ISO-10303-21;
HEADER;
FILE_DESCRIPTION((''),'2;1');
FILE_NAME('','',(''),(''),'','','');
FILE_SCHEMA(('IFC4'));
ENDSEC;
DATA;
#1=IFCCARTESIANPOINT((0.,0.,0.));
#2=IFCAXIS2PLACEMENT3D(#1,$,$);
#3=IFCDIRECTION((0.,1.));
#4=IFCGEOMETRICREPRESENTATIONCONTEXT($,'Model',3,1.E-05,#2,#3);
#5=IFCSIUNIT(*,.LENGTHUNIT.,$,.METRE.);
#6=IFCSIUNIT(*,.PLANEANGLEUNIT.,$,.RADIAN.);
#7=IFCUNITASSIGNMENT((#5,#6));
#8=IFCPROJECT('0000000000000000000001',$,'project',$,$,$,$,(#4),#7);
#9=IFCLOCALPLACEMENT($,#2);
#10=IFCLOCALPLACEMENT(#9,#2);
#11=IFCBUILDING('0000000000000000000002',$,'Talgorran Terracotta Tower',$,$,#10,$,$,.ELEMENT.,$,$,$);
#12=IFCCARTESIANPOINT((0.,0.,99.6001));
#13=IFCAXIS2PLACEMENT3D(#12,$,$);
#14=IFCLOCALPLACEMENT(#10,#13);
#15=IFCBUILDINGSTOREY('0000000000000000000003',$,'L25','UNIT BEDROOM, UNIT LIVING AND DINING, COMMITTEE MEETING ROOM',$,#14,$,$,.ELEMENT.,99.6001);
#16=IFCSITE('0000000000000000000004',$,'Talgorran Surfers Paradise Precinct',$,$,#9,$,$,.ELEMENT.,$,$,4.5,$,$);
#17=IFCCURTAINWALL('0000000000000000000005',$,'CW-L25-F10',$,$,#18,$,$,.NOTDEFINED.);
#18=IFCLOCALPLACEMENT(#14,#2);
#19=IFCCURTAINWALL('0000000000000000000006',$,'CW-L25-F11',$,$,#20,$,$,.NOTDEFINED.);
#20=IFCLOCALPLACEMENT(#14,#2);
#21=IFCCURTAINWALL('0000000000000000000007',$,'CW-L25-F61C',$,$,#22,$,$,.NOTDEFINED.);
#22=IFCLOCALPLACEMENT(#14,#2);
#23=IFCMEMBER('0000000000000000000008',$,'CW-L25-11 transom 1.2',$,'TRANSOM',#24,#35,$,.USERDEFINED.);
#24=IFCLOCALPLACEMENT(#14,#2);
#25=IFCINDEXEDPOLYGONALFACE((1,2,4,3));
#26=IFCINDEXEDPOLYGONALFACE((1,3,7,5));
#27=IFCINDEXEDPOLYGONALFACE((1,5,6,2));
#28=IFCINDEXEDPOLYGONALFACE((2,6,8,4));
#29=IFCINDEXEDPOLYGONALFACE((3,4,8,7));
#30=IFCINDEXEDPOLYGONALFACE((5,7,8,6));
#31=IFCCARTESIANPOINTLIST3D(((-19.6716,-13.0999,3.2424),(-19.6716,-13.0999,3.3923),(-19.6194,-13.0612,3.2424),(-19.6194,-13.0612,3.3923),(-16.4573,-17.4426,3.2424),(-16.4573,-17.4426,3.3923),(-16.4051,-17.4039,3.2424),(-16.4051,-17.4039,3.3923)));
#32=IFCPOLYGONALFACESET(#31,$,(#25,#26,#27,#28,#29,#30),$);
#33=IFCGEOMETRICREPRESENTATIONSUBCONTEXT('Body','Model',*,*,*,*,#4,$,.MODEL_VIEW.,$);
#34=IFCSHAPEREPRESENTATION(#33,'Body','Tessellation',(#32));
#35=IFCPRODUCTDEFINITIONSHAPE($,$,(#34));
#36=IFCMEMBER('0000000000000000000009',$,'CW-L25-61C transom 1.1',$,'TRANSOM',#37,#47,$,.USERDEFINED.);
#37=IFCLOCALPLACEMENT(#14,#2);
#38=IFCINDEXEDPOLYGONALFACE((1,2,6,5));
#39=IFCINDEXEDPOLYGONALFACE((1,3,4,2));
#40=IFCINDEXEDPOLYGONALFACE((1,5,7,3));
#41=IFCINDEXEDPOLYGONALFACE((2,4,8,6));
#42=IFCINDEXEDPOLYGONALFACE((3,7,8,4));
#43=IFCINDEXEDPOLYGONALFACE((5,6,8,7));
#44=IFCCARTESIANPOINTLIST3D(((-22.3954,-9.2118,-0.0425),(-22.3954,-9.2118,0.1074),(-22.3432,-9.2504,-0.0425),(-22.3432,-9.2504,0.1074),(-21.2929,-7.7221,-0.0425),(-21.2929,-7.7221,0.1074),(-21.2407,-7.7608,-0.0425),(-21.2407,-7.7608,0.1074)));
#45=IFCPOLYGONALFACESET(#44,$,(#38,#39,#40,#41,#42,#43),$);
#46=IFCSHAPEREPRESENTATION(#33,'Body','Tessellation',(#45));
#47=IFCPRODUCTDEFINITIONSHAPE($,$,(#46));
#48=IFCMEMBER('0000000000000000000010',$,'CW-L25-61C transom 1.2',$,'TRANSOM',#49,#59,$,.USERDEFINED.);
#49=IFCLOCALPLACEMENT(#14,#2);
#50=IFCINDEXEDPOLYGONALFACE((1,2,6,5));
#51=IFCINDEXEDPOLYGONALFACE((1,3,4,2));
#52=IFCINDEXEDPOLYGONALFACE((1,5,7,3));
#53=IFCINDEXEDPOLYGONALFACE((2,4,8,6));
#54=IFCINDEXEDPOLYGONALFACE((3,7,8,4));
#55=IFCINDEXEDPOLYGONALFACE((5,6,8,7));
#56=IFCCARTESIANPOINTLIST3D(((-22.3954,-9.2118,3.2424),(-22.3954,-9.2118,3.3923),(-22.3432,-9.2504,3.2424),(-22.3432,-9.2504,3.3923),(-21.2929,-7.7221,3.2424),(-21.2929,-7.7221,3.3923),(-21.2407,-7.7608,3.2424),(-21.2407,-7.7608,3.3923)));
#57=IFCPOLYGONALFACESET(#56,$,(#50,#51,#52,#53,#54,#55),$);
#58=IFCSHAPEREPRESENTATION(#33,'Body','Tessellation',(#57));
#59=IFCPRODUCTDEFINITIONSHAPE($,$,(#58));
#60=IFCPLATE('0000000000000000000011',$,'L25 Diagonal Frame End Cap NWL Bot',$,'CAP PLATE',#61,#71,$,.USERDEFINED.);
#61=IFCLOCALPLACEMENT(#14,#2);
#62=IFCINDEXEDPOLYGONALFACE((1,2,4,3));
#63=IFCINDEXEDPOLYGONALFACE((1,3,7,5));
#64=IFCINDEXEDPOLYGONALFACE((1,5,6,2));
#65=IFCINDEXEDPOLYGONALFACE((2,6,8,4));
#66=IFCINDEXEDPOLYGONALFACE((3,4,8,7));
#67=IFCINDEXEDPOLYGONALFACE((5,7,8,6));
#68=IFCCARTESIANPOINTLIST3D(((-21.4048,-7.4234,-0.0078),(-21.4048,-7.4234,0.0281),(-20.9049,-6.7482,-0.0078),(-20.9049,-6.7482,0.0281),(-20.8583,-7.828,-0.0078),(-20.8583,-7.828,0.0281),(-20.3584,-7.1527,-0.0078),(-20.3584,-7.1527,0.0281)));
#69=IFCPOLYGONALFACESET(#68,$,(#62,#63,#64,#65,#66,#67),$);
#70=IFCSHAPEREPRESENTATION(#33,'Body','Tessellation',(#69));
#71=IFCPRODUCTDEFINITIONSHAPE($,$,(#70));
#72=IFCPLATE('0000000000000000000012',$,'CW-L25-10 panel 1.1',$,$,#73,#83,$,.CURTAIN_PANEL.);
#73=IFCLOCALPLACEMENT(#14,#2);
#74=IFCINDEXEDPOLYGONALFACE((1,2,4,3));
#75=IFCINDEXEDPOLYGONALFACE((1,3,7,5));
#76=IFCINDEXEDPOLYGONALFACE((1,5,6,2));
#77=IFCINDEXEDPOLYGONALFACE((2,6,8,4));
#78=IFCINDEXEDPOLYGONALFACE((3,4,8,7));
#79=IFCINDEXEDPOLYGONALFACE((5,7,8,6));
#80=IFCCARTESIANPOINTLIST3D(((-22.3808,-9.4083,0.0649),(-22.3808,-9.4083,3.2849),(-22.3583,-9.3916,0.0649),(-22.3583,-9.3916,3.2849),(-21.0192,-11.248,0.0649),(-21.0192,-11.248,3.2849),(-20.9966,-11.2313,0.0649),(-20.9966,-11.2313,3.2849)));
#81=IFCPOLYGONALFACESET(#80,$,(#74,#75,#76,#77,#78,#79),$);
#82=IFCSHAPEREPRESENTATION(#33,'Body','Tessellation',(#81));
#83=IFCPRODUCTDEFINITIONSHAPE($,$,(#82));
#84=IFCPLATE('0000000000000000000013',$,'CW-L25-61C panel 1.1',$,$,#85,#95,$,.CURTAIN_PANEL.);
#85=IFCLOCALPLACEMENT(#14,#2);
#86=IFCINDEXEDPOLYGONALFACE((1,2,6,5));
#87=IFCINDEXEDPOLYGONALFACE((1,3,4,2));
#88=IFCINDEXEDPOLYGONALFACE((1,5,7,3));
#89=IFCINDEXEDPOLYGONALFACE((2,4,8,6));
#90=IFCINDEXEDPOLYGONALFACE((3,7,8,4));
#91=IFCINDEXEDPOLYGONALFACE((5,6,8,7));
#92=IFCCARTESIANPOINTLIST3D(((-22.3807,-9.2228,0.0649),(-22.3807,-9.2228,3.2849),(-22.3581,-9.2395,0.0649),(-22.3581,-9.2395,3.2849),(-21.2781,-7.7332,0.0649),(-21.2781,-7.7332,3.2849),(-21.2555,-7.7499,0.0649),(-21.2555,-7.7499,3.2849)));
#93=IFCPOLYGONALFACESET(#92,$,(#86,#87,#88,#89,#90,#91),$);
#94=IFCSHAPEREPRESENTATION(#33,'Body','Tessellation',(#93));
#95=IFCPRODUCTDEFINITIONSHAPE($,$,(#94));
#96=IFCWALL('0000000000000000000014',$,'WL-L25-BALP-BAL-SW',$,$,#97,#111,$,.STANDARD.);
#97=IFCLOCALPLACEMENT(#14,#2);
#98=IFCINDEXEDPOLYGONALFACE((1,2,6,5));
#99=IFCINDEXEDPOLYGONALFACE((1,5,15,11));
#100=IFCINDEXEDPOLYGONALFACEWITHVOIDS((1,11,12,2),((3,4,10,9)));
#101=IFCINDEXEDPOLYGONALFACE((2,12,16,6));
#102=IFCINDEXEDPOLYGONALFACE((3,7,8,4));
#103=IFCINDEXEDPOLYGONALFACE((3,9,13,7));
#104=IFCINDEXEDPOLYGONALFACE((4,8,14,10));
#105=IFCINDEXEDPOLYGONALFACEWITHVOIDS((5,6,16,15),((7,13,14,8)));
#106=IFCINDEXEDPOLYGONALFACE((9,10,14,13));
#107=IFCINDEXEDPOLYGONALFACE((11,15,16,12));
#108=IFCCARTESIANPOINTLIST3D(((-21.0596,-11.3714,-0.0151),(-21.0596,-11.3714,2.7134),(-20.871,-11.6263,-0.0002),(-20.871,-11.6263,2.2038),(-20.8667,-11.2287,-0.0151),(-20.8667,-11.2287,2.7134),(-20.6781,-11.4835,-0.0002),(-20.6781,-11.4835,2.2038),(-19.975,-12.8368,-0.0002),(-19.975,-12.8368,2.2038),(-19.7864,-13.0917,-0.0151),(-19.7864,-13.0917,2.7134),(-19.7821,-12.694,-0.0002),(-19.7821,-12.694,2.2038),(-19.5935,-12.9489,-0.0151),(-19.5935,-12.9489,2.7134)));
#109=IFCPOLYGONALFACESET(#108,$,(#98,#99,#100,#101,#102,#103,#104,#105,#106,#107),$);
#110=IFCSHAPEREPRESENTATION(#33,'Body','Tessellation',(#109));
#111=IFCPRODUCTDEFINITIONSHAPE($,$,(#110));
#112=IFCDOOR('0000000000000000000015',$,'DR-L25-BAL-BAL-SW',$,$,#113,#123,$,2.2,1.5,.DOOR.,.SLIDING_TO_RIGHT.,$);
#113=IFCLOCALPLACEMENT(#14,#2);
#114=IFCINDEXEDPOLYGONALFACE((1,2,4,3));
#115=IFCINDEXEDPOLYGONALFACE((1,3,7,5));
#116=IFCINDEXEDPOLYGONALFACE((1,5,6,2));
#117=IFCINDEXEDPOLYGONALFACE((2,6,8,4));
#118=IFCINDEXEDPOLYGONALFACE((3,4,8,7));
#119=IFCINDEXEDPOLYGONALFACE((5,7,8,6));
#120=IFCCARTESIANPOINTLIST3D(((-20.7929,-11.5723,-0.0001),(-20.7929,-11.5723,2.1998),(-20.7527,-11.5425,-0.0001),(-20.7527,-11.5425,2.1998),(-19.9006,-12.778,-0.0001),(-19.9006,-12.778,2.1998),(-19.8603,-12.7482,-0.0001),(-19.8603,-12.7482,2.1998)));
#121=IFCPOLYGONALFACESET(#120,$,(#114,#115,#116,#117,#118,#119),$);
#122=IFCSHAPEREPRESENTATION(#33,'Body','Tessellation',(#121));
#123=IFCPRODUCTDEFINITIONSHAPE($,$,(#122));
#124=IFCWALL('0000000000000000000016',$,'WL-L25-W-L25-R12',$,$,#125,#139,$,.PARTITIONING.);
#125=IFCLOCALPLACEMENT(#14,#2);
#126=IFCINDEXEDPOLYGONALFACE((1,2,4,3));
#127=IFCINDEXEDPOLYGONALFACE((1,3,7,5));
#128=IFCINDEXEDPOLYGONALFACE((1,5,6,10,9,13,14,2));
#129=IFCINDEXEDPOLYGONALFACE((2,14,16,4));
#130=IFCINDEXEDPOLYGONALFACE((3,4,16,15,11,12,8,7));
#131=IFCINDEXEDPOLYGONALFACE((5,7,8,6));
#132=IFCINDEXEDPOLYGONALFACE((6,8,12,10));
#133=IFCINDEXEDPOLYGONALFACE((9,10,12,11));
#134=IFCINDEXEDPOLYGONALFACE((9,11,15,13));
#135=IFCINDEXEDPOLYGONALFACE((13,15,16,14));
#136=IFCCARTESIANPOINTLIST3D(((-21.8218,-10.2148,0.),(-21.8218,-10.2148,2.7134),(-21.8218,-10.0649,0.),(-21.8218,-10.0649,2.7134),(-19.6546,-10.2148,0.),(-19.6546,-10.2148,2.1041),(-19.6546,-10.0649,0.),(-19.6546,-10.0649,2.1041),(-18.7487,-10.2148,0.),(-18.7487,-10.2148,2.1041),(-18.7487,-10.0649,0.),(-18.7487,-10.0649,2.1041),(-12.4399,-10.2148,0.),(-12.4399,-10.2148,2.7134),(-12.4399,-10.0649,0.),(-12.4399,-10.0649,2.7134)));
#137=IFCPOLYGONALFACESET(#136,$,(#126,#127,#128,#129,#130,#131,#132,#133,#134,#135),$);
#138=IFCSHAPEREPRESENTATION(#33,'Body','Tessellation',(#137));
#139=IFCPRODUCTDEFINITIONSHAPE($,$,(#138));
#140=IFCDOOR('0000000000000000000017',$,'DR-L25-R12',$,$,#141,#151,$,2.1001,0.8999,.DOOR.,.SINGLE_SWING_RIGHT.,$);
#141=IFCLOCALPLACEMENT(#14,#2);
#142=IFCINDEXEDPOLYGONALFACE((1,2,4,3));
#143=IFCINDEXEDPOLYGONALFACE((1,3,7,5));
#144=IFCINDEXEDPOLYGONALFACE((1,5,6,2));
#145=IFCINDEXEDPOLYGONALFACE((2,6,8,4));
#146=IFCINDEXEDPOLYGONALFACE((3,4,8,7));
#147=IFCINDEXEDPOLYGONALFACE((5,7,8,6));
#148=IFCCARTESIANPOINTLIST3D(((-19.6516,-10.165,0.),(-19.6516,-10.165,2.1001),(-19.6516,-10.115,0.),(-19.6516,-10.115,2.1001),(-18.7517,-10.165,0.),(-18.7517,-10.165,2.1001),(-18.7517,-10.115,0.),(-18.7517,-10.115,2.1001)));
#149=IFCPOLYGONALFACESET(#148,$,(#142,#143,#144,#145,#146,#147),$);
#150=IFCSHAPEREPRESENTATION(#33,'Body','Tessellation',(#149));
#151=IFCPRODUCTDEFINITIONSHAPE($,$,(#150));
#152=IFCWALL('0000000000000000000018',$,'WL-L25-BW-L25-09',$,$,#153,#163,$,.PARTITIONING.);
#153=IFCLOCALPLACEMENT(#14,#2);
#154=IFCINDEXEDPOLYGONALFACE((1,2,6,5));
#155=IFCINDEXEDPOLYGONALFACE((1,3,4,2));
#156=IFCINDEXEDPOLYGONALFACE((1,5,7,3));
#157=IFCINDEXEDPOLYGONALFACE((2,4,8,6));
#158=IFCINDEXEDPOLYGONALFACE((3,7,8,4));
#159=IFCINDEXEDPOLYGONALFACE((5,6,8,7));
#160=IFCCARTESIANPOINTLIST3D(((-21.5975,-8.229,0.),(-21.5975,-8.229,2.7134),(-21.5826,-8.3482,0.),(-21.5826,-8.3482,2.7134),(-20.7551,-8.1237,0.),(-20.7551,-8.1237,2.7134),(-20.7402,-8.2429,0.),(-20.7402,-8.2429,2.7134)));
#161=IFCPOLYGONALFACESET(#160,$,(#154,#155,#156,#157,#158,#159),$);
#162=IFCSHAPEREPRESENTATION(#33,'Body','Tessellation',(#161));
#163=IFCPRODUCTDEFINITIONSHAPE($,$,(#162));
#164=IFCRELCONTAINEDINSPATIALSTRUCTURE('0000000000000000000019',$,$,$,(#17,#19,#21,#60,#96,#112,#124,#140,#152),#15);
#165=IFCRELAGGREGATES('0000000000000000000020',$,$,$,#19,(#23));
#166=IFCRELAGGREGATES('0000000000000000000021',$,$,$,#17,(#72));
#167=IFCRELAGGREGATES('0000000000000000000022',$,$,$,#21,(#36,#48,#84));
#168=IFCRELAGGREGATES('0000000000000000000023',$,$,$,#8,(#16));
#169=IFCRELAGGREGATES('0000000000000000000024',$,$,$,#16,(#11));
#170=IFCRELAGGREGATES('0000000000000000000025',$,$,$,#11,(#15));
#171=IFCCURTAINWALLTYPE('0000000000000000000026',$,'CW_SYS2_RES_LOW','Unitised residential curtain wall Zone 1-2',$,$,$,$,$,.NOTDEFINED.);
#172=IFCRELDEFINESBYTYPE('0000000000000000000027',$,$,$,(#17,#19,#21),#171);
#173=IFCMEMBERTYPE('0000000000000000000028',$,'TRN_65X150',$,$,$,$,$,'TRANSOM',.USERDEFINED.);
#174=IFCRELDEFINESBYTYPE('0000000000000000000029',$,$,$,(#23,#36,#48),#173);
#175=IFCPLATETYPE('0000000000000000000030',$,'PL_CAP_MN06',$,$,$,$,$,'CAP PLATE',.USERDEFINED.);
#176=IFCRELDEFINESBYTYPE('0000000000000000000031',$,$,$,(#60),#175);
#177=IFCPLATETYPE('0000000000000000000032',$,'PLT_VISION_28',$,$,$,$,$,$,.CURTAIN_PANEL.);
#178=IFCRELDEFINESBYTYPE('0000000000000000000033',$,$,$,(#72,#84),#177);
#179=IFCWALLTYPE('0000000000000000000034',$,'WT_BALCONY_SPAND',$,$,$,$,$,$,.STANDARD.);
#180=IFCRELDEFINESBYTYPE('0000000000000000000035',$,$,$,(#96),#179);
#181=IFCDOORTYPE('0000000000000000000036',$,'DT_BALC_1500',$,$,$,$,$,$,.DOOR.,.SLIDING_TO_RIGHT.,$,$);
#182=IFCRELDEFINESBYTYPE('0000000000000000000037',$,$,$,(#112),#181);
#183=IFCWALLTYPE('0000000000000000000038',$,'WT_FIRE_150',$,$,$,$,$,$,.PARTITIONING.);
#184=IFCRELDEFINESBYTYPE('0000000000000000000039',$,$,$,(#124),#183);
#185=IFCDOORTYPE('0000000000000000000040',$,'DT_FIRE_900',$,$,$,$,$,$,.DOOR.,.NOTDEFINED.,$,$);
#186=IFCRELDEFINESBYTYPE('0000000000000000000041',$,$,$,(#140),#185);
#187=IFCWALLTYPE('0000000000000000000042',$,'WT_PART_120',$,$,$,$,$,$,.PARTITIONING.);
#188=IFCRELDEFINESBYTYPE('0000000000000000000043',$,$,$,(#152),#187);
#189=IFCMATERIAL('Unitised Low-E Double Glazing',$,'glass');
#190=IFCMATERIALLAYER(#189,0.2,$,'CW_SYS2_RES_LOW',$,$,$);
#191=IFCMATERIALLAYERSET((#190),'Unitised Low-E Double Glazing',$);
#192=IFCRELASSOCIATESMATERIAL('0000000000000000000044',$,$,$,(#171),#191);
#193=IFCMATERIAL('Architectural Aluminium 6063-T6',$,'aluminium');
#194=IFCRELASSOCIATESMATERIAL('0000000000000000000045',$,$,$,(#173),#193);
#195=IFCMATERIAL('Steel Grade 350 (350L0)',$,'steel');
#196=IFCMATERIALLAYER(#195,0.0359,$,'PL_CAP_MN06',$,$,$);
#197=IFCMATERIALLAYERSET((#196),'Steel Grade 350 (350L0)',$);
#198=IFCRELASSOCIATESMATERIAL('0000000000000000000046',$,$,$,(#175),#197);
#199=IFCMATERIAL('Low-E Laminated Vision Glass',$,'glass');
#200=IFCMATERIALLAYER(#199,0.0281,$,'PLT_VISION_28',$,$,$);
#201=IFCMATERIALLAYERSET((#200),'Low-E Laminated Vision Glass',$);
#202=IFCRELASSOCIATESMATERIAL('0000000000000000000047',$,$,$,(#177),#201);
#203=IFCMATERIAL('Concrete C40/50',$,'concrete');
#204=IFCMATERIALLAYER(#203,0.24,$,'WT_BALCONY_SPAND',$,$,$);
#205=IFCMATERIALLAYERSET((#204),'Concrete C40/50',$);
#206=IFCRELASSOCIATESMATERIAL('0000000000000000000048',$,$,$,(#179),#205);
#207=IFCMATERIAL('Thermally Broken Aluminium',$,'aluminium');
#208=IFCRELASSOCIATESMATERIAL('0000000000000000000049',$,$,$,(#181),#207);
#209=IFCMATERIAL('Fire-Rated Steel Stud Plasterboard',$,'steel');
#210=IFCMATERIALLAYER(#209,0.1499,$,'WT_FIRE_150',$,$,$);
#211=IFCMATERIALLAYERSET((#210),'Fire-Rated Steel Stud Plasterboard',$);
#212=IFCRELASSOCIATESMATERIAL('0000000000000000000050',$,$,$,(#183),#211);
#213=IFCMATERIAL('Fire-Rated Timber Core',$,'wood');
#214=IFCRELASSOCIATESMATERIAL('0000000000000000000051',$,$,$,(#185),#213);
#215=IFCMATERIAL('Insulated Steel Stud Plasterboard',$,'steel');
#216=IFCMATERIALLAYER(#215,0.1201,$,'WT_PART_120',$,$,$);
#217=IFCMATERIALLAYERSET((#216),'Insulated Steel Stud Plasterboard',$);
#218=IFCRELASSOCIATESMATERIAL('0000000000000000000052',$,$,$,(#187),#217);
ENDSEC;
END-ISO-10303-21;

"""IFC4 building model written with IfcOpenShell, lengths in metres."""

from ifc_helpers import new_model, si_unit, direction, frame, frame_2d, origin, origin_2d, place, context, subcontext, project, spatial, rectangle, extrude, source, transform, mapped, material, layer, layer_set, material_profile, profile_set, type_object, type_shapes, element, fill, aggregate, save


model = new_model("IFC4")

# Units and contexts
model_context = context("Model", 3, precision=1e-05, world=origin(), true_north=direction((0.0, 1.0)))
body_context = subcontext(model_context, "Body", "Model", "MODEL_VIEW")
ifc_project = project(units=[si_unit("LENGTHUNIT", "METRE"), si_unit("PLANEANGLEUNIT", "RADIAN")], contexts=[model_context])

# Site, building, storey
site_placement = place(None, origin())
site = spatial("IfcSite", under=ifc_project, at=site_placement, Name="Talgorran Surfers Paradise Precinct", CompositionType="ELEMENT", RefElevation=4.5)
building_placement = place(site_placement, origin())
building = spatial("IfcBuilding", under=site, at=building_placement, Name="Talgorran Terracotta Tower", CompositionType="ELEMENT")
storey_placement = place(building_placement, frame((0.0, 0.0, 99.6001)))
storey = spatial("IfcBuildingStorey", under=building, at=storey_placement, Name="L25", Description="UNIT BEDROOM, UNIT LIVING AND DINING, COMMITTEE MEETING ROOM", CompositionType="ELEMENT", Elevation=99.6001)

# Shared definitions
ifc_material_1 = material(Name="Steel Grade 350 (350L0)", Category="steel")

# Curtain wall
ifc_material_2 = material(Name="Unitised Low-E Double Glazing", Category="glass")
ifc_layer_1 = layer(ifc_material_2, 0.2, Name="CW_SYS2_RES_LOW")
ifc_layer_set_1 = layer_set([ifc_layer_1], Name="Unitised Low-E Double Glazing")
curtain_wall_type = type_object("IfcCurtainWallType", Name="CW_SYS2_RES_LOW", Description="Unitised residential curtain wall Zone 1-2", PredefinedType="NOTDEFINED", material=ifc_layer_set_1)
curtain_wall_1_placement = place(storey_placement, origin())
curtain_wall_1 = element("IfcCurtainWall", 1, at=curtain_wall_1_placement, inside=storey, type_object=curtain_wall_type, Name="CW-L25-F10", PredefinedType="NOTDEFINED")
ifc_material_3 = material(Name="Architectural Aluminium 6063-T6", Category="aluminium")

# Curtain wall
curtain_wall_2_placement = place(storey_placement, origin())
curtain_wall_2 = element("IfcCurtainWall", 2, at=curtain_wall_2_placement, inside=storey, type_object=curtain_wall_type, Name="CW-L25-F11", PredefinedType="NOTDEFINED")

# Curtain wall
curtain_wall_3_placement = place(storey_placement, origin())
curtain_wall_3 = element("IfcCurtainWall", 3, at=curtain_wall_3_placement, inside=storey, type_object=curtain_wall_type, Name="CW-L25-F61C", PredefinedType="NOTDEFINED")

# Members
ifc_material_profile_1 = material_profile(ifc_material_3, rectangle(XDim=0.0649, YDim=0.1499, at=origin_2d()), Name="CWT65X150")
ifc_profile_set_1 = profile_set([ifc_material_profile_1], Name="Architectural Aluminium 6063-T6")
member_type_1 = type_object("IfcMemberType", Name="TRN_65X150", ElementType="TRANSOM", PredefinedType="USERDEFINED", material=ifc_profile_set_1)
member_1_placement = place(storey_placement, frame((-19.6455, -13.0806, 3.3174), z_axis=(0.594927, -0.80378, 0.0), x_axis=(0.80378, 0.594927, 0.0)))
member_1 = element("IfcMember", 4, at=member_1_placement, type_object=member_type_1, Name="CW-L25-11 transom 1.2", ObjectType="TRANSOM", PredefinedType="USERDEFINED", context=body_context, shape_type="SweptSolid", body=[
    extrude(rectangle(XDim=0.0649, YDim=0.1499, at=origin_2d()), origin(), (0.0, 0.0, 1.0), 5.4028),
])
aggregate(curtain_wall_2, [member_1])
member_2_placement = place(storey_placement, frame((-21.2668, -7.7415, 0.0325), z_axis=(-0.594887, -0.803809, 0.0), x_axis=(0.803809, -0.594887, 0.0)))
member_2 = element("IfcMember", 5, at=member_2_placement, type_object=member_type_1, Name="CW-L25-61C transom 1.1", ObjectType="TRANSOM", PredefinedType="USERDEFINED", context=body_context, shape_type="SweptSolid", body=[
    extrude(rectangle(XDim=0.0649, YDim=0.1499, at=origin_2d()), origin(), (0.0, 0.0, 1.0), 1.8533),
])
member_3_placement = place(storey_placement, frame((-21.2668, -7.7415, 3.3174), z_axis=(-0.594887, -0.803809, 0.0), x_axis=(0.803809, -0.594887, 0.0)))
member_3 = element("IfcMember", 6, at=member_3_placement, type_object=member_type_1, Name="CW-L25-61C transom 1.2", ObjectType="TRANSOM", PredefinedType="USERDEFINED", context=body_context, shape_type="SweptSolid", body=[
    extrude(rectangle(XDim=0.0649, YDim=0.1499, at=origin_2d()), origin(), (0.0, 0.0, 1.0), 1.8533),
])

# Plates
ifc_layer_2 = layer(ifc_material_1, 0.0359, Name="PL_CAP_MN06")
ifc_layer_set_2 = layer_set([ifc_layer_2], Name="Steel Grade 350 (350L0)")
plate_type_1 = type_object("IfcPlateType", Name="PL_CAP_MN06", ElementType="CAP PLATE", PredefinedType="USERDEFINED", material=ifc_layer_set_2)
plate_1_placement = place(storey_placement, frame((-20.8816, -7.2881, -0.0078), z_axis=(0.0, 0.0, 1.0), x_axis=(0.594963, 0.803753, 0.0)))
element("IfcPlate", 7, at=plate_1_placement, inside=storey, type_object=plate_type_1, Name="L25 Diagonal Frame End Cap NWL Bot", ObjectType="CAP PLATE", PredefinedType="USERDEFINED", context=body_context, shape_type="SweptSolid", body=[
    extrude(rectangle(XDim=0.8401, YDim=0.6799, at=origin_2d()), origin(), (0.0, 0.0, 1.0), 0.0359),
])
ifc_material_4 = material(Name="Low-E Laminated Vision Glass", Category="glass")
ifc_layer_3 = layer(ifc_material_4, 0.0281, Name="PLT_VISION_28")
ifc_layer_set_3 = layer_set([ifc_layer_3], Name="Low-E Laminated Vision Glass")
plate_type_2 = type_object("IfcPlateType", Name="PLT_VISION_28", PredefinedType="CURTAIN_PANEL", material=ifc_layer_set_3)
shared_shape_1 = source(origin(), body_context, "Body", "SweptSolid", [
    extrude(rectangle(XDim=2.2888, YDim=0.0281, at=origin_2d()), origin(), (0.0, 0.0, 1.0), 3.22),
])
plate_2_placement = place(storey_placement, frame((-21.6887, -10.3198, 0.0649), z_axis=(0.0, 0.0, 1.0), x_axis=(0.594921, -0.803784, 0.0)))
plate_2 = element("IfcPlate", 8, at=plate_2_placement, type_object=plate_type_2, Name="CW-L25-10 panel 1.1", PredefinedType="CURTAIN_PANEL", context=body_context, shape_type="MappedRepresentation", body=[
    mapped(shared_shape_1, transform((0.0, 0.0, 0.0), scale=1.0)),
])
aggregate(curtain_wall_1, [plate_2])
shared_shape_2 = source(origin(), body_context, "Body", "SweptSolid", [
    extrude(rectangle(XDim=1.8533, YDim=0.0281, at=origin_2d()), origin(), (0.0, 0.0, 1.0), 3.22),
])
type_shapes(plate_type_2, [shared_shape_1, shared_shape_2])
plate_3_placement = place(storey_placement, frame((-21.8181, -8.4863, 0.0649), z_axis=(0.0, 0.0, 1.0), x_axis=(-0.59493, -0.803778, 0.0)))
plate_3 = element("IfcPlate", 9, at=plate_3_placement, type_object=plate_type_2, Name="CW-L25-61C panel 1.1", PredefinedType="CURTAIN_PANEL", context=body_context, shape_type="MappedRepresentation", body=[
    mapped(shared_shape_2, transform((0.0, 0.0, 0.0), scale=1.0)),
])
aggregate(curtain_wall_3, [member_2, member_3, plate_3])

# Walls, openings, doors
ifc_material_5 = material(Name="Concrete C40/50", Category="concrete")
ifc_layer_4 = layer(ifc_material_5, 0.24, Name="WT_BALCONY_SPAND")
ifc_layer_set_4 = layer_set([ifc_layer_4], Name="Concrete C40/50")
wall_type_1 = type_object("IfcWallType", Name="WT_BALCONY_SPAND", PredefinedType="STANDARD", material=ifc_layer_set_4)
wall_1_placement = place(storey_placement, frame((-20.9631, -11.3, -0.0151), z_axis=(0.0, 0.0, 1.0), x_axis=(0.594914, -0.80379, 0.0)))
wall_1 = element("IfcWall", 10, at=wall_1_placement, inside=storey, type_object=wall_type_1, Name="WL-L25-BALP-BAL-SW", PredefinedType="STANDARD", context=body_context, shape_type="SweptSolid", body=[
    extrude(rectangle(XDim=2.1401, YDim=0.24, at=frame_2d((1.0701, 0.0))), origin(), (0.0, 0.0, 1.0), 2.7285),
])
opening_1_placement = place(wall_1_placement, frame((0.3201, 0.0, 0.0149)))
opening_1 = element("IfcOpeningElement", 11, at=opening_1_placement, cuts=wall_1, PredefinedType="OPENING", context=body_context, shape_type="SweptSolid", body=[
    extrude(rectangle(XDim=1.506, YDim=2.204, at=frame_2d((0.75, 1.1021))), frame((0.0, 0.1299, 0.0), z_axis=(0.0, -1.0, 0.0), x_axis=(1.0, 0.0, 0.0)), (0.0, 0.0, 1.0), 0.26),
])
ifc_material_6 = material(Name="Thermally Broken Aluminium", Category="aluminium")
door_type_1 = type_object("IfcDoorType", Name="DT_BALC_1500", OperationType="SLIDING_TO_RIGHT", PredefinedType="DOOR", material=ifc_material_6)
door_1_placement = place(opening_1_placement, origin())
door_1 = element("IfcDoor", 12, at=door_1_placement, inside=storey, type_object=door_type_1, Name="DR-L25-BAL-BAL-SW", OperationType="SLIDING_TO_RIGHT", OverallHeight=2.2, OverallWidth=1.5, PredefinedType="DOOR", context=body_context, shape_type="SweptSolid", body=[
    extrude(rectangle(XDim=1.5, YDim=2.2, at=frame_2d((0.75, 1.1001))), frame((0.0, 0.0249, 0.0), z_axis=(0.0, -1.0, 0.0), x_axis=(1.0, 0.0, 0.0)), (0.0, 0.0, 1.0), 0.05),
])
fill(opening_1, door_1)
ifc_material_7 = material(Name="Fire-Rated Steel Stud Plasterboard", Category="steel")
ifc_layer_5 = layer(ifc_material_7, 0.1499, Name="WT_FIRE_150")
ifc_layer_set_5 = layer_set([ifc_layer_5], Name="Fire-Rated Steel Stud Plasterboard")
wall_type_2 = type_object("IfcWallType", Name="WT_FIRE_150", PredefinedType="PARTITIONING", material=ifc_layer_set_5)
wall_2_placement = place(storey_placement, frame((-21.8218, -10.1399, 0.0), z_axis=(0.0, 0.0, 1.0), x_axis=(1.0, 0.0, 0.0)))
wall_2 = element("IfcWall", 13, at=wall_2_placement, inside=storey, type_object=wall_type_2, Name="WL-L25-W-L25-R12", PredefinedType="PARTITIONING", context=body_context, shape_type="SweptSolid", body=[
    extrude(rectangle(XDim=9.3818, YDim=0.1499, at=frame_2d((4.6909, 0.0))), origin(), (0.0, 0.0, 1.0), 2.7134),
])
opening_2_placement = place(wall_2_placement, frame((2.1702, 0.0, 0.0)))
opening_2 = element("IfcOpeningElement", 14, at=opening_2_placement, cuts=wall_2, PredefinedType="OPENING", context=body_context, shape_type="SweptSolid", body=[
    extrude(rectangle(XDim=0.9059, YDim=2.1041, at=frame_2d((0.45, 1.052))), frame((0.0, 0.085, 0.0), z_axis=(0.0, -1.0, 0.0), x_axis=(1.0, 0.0, 0.0)), (0.0, 0.0, 1.0), 0.1699),
])
ifc_material_8 = material(Name="Fire-Rated Timber Core", Category="wood")
door_type_2 = type_object("IfcDoorType", Name="DT_FIRE_900", OperationType="NOTDEFINED", PredefinedType="DOOR", material=ifc_material_8)
door_2_placement = place(opening_2_placement, origin())
door_2 = element("IfcDoor", 15, at=door_2_placement, inside=storey, type_object=door_type_2, Name="DR-L25-R12", OperationType="SINGLE_SWING_RIGHT", OverallHeight=2.1001, OverallWidth=0.8999, PredefinedType="DOOR", context=body_context, shape_type="SweptSolid", body=[
    extrude(rectangle(XDim=0.8999, YDim=2.1001, at=frame_2d((0.45, 1.05))), frame((0.0, 0.0249, 0.0), z_axis=(0.0, -1.0, 0.0), x_axis=(1.0, 0.0, 0.0)), (0.0, 0.0, 1.0), 0.05),
])
fill(opening_2, door_2)

# Wall
ifc_material_9 = material(Name="Insulated Steel Stud Plasterboard", Category="steel")
ifc_layer_6 = layer(ifc_material_9, 0.1201, Name="WT_PART_120")
ifc_layer_set_6 = layer_set([ifc_layer_6], Name="Insulated Steel Stud Plasterboard")
wall_type_3 = type_object("IfcWallType", Name="WT_PART_120", PredefinedType="PARTITIONING", material=ifc_layer_set_6)
wall_3_placement = place(storey_placement, frame((-20.7478, -8.1833, 0.0), z_axis=(0.0, 0.0, 1.0), x_axis=(-0.992287, -0.123964, 0.0)))
element("IfcWall", 16, at=wall_3_placement, inside=storey, type_object=wall_type_3, Name="WL-L25-BW-L25-09", PredefinedType="PARTITIONING", context=body_context, shape_type="SweptSolid", body=[
    extrude(rectangle(XDim=0.8489, YDim=0.1201, at=frame_2d((0.4243, 0.0))), origin(), (0.0, 0.0, 1.0), 2.7134),
])

save(model, "model.ifc")
